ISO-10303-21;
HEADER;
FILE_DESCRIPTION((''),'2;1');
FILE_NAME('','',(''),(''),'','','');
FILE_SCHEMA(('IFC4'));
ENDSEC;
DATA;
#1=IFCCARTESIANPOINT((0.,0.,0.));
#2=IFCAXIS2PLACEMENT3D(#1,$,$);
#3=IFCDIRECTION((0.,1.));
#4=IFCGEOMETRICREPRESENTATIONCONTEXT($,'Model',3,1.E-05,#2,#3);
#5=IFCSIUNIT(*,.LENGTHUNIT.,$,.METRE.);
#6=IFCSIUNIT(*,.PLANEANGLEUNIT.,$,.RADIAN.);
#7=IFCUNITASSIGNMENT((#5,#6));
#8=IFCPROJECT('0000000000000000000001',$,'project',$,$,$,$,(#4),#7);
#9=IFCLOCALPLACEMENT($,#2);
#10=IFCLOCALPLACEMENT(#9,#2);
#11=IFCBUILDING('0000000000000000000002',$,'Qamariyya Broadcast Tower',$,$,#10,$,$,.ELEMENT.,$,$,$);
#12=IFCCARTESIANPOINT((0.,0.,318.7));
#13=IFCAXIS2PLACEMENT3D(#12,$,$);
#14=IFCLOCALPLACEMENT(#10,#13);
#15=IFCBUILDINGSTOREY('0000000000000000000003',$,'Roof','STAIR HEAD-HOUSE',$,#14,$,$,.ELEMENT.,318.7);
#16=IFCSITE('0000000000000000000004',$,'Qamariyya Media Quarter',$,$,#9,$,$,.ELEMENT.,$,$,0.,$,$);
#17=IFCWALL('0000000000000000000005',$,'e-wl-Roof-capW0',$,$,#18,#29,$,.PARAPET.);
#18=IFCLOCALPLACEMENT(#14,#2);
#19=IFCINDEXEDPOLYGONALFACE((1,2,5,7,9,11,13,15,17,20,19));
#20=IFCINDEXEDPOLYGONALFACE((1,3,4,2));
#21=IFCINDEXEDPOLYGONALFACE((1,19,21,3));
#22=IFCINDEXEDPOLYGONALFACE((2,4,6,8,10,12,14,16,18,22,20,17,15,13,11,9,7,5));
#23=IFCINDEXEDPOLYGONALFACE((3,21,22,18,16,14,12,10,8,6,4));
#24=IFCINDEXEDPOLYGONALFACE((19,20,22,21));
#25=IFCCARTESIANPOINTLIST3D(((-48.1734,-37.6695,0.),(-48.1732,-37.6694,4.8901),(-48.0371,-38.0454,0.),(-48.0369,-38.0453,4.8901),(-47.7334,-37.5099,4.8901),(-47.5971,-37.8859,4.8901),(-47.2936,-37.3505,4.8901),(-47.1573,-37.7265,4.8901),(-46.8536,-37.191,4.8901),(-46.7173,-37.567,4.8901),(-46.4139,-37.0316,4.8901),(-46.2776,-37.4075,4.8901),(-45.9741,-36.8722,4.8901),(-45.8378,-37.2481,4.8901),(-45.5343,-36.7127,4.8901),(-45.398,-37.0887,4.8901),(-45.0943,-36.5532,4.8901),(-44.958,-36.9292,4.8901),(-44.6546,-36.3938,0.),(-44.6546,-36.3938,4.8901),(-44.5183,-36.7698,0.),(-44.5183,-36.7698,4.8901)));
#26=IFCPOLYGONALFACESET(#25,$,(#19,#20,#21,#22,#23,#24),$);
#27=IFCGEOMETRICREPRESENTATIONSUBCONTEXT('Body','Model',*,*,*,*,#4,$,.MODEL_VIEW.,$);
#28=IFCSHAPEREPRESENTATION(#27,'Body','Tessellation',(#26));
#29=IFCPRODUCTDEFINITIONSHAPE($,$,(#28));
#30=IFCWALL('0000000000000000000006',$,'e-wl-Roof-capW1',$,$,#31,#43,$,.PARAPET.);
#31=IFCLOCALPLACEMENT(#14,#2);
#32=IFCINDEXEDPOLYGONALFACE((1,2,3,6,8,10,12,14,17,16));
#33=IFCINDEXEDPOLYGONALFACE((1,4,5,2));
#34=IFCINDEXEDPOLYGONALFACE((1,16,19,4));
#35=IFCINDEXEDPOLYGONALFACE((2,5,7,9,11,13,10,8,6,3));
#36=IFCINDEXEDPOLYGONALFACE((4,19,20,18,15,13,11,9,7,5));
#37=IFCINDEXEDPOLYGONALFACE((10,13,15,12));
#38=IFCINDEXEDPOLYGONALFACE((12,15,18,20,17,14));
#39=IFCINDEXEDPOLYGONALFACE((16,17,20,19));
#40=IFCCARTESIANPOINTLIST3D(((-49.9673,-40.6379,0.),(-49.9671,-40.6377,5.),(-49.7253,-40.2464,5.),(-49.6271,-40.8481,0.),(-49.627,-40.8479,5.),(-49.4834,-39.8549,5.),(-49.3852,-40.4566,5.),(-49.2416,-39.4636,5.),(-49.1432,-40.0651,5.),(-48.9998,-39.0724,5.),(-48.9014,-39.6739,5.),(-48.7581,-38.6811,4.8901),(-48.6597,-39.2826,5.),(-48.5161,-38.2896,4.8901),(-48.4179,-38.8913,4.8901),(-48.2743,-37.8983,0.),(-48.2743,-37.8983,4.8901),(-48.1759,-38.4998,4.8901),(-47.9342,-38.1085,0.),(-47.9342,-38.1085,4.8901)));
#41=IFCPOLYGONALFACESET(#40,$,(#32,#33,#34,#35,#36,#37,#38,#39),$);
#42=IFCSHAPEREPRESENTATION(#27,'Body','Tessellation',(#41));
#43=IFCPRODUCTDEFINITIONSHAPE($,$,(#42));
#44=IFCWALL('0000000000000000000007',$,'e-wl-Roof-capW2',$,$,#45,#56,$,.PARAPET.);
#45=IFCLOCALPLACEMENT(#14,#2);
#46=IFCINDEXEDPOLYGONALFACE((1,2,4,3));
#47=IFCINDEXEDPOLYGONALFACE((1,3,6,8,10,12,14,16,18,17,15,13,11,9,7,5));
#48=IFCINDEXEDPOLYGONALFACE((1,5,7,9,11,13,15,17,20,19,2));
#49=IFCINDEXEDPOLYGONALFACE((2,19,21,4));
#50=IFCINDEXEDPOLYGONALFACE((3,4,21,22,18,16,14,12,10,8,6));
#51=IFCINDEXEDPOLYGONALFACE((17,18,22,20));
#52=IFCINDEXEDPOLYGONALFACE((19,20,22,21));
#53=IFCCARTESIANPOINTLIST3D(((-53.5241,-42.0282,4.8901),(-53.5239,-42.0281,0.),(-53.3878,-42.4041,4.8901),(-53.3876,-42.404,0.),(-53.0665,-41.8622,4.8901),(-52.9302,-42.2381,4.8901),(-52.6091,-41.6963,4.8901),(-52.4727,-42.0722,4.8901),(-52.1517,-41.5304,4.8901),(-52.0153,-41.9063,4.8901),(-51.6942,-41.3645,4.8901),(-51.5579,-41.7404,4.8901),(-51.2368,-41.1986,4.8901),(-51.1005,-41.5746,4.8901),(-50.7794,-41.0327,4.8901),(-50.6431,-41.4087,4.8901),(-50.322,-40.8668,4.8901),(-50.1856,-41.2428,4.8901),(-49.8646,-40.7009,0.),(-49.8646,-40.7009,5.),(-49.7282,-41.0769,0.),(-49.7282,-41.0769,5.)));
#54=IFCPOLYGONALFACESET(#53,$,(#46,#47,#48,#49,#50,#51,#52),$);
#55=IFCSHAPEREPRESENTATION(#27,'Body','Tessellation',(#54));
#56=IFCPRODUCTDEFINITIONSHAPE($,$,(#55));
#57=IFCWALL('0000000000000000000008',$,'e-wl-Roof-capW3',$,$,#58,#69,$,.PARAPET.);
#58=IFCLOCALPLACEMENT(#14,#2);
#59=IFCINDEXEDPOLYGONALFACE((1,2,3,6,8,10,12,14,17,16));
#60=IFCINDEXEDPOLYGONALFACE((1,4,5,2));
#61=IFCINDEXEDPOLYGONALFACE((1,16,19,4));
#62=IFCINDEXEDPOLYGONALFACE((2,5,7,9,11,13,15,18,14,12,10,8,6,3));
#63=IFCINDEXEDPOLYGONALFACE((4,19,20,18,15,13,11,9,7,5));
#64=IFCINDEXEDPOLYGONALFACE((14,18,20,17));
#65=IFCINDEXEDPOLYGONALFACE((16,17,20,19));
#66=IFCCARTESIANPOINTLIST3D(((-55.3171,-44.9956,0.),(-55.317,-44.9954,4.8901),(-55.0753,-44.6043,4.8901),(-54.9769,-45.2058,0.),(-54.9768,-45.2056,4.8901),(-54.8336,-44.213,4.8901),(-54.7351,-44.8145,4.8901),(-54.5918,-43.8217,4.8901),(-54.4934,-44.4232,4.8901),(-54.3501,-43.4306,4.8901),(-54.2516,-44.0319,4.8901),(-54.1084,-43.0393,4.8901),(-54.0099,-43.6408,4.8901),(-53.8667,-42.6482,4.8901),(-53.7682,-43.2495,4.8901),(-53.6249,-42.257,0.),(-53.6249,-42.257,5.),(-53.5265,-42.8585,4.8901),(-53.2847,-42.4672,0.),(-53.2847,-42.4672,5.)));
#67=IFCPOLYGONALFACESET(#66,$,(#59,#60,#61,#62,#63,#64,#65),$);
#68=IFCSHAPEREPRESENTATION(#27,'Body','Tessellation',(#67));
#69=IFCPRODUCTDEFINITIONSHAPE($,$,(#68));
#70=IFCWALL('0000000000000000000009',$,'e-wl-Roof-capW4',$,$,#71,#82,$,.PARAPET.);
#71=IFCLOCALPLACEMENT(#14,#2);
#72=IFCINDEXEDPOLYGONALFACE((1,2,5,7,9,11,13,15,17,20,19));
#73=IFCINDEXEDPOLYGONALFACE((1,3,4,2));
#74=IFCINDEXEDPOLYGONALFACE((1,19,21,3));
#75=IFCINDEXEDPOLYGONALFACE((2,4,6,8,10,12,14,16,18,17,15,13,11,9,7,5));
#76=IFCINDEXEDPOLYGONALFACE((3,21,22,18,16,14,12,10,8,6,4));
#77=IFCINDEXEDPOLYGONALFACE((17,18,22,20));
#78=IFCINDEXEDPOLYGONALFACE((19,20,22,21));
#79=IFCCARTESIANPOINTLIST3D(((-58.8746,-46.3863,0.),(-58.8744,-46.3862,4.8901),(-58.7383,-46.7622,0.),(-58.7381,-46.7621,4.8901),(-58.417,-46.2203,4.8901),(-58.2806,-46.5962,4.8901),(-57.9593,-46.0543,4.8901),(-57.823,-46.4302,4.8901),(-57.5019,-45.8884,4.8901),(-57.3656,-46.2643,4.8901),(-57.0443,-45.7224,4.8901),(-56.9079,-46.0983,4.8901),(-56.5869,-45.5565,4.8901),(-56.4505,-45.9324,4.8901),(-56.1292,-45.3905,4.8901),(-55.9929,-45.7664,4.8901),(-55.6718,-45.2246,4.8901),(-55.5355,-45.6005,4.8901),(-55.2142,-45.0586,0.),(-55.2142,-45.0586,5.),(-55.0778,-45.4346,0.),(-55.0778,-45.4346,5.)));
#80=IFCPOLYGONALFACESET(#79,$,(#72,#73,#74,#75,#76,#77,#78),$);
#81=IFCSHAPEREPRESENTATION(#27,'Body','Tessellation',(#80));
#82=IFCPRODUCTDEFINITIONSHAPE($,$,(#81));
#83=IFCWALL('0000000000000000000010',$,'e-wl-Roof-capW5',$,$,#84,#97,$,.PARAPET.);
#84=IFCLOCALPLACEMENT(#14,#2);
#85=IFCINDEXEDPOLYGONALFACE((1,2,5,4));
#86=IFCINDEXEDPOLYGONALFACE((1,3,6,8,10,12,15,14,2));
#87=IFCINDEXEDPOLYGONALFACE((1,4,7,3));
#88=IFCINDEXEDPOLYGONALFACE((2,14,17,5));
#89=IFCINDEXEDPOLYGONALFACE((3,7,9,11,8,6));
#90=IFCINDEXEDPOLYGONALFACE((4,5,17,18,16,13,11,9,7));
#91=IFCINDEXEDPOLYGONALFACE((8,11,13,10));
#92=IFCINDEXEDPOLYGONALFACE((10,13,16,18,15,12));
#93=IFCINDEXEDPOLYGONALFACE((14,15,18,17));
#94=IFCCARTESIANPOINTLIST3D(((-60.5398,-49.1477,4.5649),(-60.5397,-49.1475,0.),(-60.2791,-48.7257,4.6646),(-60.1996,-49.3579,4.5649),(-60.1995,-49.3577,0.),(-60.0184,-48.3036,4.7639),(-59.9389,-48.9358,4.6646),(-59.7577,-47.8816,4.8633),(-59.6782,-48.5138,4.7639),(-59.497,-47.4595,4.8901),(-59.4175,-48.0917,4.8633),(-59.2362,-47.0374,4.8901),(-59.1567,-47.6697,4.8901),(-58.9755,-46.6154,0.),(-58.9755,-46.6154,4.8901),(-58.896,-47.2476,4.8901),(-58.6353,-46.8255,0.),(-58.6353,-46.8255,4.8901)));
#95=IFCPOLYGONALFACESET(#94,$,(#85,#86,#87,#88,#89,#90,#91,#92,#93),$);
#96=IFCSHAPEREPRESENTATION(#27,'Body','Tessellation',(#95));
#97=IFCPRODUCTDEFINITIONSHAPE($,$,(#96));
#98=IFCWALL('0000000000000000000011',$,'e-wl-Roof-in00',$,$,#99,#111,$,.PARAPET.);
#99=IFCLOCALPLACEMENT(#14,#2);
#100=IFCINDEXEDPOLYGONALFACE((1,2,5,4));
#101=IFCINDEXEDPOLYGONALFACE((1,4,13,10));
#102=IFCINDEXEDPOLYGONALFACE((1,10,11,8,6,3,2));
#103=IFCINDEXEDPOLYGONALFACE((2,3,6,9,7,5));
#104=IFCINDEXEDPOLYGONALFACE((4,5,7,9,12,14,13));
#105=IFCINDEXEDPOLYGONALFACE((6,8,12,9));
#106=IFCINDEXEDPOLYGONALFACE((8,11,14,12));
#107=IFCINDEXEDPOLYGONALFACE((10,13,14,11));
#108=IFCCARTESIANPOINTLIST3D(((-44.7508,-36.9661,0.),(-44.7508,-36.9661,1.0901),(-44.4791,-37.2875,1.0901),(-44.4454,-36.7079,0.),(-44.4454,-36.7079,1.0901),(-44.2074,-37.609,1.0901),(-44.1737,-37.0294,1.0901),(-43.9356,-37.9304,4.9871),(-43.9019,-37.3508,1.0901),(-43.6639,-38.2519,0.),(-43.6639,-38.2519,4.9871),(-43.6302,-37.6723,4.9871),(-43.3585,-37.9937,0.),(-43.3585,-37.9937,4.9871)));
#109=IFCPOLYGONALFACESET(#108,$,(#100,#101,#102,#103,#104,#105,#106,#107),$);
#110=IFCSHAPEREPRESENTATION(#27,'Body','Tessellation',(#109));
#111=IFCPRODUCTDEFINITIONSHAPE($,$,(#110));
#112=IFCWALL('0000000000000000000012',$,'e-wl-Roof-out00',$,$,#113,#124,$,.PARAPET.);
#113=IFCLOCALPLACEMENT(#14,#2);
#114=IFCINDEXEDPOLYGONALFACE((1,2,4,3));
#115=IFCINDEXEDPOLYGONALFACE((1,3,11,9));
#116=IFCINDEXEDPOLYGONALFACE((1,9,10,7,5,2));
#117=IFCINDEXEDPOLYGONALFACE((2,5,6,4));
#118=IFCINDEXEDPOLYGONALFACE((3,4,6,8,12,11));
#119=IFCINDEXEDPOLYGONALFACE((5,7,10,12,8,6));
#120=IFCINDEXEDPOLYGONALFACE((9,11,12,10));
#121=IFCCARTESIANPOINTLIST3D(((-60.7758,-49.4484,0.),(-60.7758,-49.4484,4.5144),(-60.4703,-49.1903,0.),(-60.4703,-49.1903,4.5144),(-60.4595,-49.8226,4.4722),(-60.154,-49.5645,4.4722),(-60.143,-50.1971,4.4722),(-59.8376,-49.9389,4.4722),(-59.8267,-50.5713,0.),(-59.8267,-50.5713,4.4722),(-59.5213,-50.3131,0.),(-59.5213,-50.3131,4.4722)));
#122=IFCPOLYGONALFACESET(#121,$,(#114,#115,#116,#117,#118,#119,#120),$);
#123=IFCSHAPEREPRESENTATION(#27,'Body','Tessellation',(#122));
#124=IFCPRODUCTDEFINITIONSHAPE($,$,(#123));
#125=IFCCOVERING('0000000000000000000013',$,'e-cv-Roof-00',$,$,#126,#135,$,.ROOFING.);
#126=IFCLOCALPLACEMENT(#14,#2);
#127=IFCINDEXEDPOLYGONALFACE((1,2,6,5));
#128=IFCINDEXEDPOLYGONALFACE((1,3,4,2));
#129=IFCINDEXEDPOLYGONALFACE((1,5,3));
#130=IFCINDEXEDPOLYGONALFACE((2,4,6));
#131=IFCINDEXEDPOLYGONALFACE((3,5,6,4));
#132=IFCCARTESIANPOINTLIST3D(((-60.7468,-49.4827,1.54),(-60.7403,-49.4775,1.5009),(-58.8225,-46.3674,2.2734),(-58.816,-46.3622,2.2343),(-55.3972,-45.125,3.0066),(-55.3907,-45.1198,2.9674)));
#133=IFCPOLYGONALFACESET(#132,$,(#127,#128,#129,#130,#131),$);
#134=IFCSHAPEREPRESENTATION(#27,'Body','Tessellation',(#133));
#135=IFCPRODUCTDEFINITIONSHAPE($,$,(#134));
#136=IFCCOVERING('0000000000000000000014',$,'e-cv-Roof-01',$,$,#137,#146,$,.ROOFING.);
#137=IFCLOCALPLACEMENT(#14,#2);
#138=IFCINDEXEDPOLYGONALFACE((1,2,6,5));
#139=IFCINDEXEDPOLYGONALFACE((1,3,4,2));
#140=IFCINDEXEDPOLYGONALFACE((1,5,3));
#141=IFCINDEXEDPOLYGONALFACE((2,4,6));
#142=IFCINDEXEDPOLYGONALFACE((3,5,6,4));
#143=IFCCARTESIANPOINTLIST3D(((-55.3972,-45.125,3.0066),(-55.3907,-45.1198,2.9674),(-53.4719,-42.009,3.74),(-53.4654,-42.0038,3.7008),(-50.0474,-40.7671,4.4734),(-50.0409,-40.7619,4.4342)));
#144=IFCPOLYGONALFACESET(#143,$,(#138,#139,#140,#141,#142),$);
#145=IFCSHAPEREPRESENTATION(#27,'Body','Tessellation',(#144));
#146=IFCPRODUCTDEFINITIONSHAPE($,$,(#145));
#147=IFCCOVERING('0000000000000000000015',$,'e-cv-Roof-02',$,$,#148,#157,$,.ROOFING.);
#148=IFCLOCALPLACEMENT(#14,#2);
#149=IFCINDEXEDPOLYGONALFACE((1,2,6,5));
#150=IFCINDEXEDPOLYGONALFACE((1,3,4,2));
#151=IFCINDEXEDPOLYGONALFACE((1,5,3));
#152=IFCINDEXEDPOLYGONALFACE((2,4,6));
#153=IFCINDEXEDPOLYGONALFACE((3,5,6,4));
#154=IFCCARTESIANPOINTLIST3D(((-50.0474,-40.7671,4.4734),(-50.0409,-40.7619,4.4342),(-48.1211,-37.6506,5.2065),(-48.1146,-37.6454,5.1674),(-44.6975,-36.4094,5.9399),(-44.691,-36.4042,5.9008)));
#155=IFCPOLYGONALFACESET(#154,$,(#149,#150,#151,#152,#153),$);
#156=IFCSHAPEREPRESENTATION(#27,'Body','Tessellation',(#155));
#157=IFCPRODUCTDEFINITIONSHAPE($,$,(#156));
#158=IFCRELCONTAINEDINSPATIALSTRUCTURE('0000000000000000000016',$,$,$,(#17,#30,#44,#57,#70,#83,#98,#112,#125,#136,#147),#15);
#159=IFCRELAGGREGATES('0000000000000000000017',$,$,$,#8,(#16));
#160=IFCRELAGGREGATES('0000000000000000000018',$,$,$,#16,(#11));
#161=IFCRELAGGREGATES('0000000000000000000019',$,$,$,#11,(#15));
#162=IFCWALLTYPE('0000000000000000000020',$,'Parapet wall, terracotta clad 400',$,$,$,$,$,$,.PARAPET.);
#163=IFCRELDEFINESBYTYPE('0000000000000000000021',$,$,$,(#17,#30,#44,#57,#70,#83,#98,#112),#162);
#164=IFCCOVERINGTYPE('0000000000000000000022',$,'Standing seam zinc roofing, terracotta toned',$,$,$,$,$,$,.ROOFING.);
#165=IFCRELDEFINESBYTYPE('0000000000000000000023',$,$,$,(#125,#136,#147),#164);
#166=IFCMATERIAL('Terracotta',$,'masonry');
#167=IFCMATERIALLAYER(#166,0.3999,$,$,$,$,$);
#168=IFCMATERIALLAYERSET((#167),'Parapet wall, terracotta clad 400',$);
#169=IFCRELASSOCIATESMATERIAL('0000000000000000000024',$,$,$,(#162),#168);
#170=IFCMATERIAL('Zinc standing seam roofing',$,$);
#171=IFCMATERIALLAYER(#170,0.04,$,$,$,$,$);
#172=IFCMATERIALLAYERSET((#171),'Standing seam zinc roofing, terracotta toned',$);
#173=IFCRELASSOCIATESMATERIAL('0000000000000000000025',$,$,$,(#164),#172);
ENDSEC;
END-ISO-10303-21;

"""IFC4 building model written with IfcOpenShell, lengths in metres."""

from ifc_helpers import new_model, si_unit, direction, frame, origin, place, context, subcontext, project, spatial, polyline, outline, extrude, material, layer, layer_set, type_object, element, save


model = new_model("IFC4")

# Units and contexts
model_context = context("Model", 3, precision=1e-05, world=origin(), true_north=direction((0.0, 1.0)))
body_context = subcontext(model_context, "Body", "Model", "MODEL_VIEW")
ifc_project = project(units=[si_unit("LENGTHUNIT", "METRE"), si_unit("PLANEANGLEUNIT", "RADIAN")], contexts=[model_context])

# Site, building, storey
site_placement = place(None, origin())
site = spatial("IfcSite", under=ifc_project, at=site_placement, Name="Qamariyya Media Quarter", CompositionType="ELEMENT", RefElevation=0.0)
building_placement = place(site_placement, origin())
building = spatial("IfcBuilding", under=site, at=building_placement, Name="Qamariyya Broadcast Tower", CompositionType="ELEMENT")
storey_placement = place(building_placement, frame((0.0, 0.0, 318.7)))
storey = spatial("IfcBuildingStorey", under=building, at=storey_placement, Name="Roof", Description="STAIR HEAD-HOUSE", CompositionType="ELEMENT", Elevation=318.7)

# Walls
ifc_material_1 = material(Name="Terracotta", Category="masonry")
ifc_layer_1 = layer(ifc_material_1, 0.3999)
ifc_layer_set_1 = layer_set([ifc_layer_1], Name="Parapet wall, terracotta clad 400")
wall_type_1 = type_object("IfcWallType", Name="Parapet wall, terracotta clad 400", PredefinedType="PARAPET", material=ifc_layer_set_1)
wall_1_placement = place(storey_placement, frame((-44.5864, -36.5818, 0.0), z_axis=(0.0, 0.0, 1.0), x_axis=(-0.94013, -0.340816, 0.0)))
element("IfcWall", 1, at=wall_1_placement, inside=storey, type_object=wall_type_1, Name="e-wl-Roof-capW0", PredefinedType="PARAPET", context=body_context, shape_type="SweptSolid", body=[
    extrude(outline(polyline([(0.0, 0.0), (3.7429, 0.0), (3.7427, 4.8901), (3.2749, 4.8901), (2.8071, 4.8901), (2.3391, 4.8901), (1.8713, 4.8901), (1.4036, 4.8901), (0.9358, 4.8901), (0.4678, 4.8901), (0.0, 4.8901), (0.0, 0.0)])), frame((0.0, 0.2, 0.0), z_axis=(0.0, -1.0, 0.0), x_axis=(1.0, 0.0, 0.0)), (0.0, 0.0, 1.0), 0.3999),
])
wall_2_placement = place(storey_placement, frame((-48.1042, -38.0034, 0.0), z_axis=(0.0, 0.0, 1.0), x_axis=(-0.525678, -0.850683, 0.0)))
element("IfcWall", 2, at=wall_2_placement, inside=storey, type_object=wall_type_1, Name="e-wl-Roof-capW1", PredefinedType="PARAPET", context=body_context, shape_type="SweptSolid", body=[
    extrude(outline(polyline([(0.0, 0.0), (3.2205, 0.0), (3.2202, 5.0), (2.7603, 5.0), (2.3, 5.0), (1.8401, 5.0), (1.3801, 5.0), (0.9202, 4.8901), (0.46, 4.8901), (0.0, 4.8901), (0.0, 0.0)])), frame((0.0, 0.2, 0.0), z_axis=(0.0, -1.0, 0.0), x_axis=(1.0, 0.0, 0.0)), (0.0, 0.0, 1.0), 0.3999),
])
wall_3_placement = place(storey_placement, frame((-49.7964, -40.8889, 0.0), z_axis=(0.0, 0.0, 1.0), x_axis=(-0.940086, -0.340937, 0.0)))
element("IfcWall", 3, at=wall_3_placement, inside=storey, type_object=wall_type_1, Name="e-wl-Roof-capW2", PredefinedType="PARAPET", context=body_context, shape_type="SweptSolid", body=[
    extrude(outline(polyline([(0.0, 0.0), (3.8926, 0.0), (3.8928, 4.8901), (3.406, 4.8901), (2.9194, 4.8901), (2.4329, 4.8901), (1.9463, 4.8901), (1.4597, 4.8901), (0.9731, 4.8901), (0.4866, 4.8901), (0.0, 5.0), (0.0, 0.0)])), frame((0.0, 0.2, 0.0), z_axis=(0.0, -1.0, 0.0), x_axis=(1.0, 0.0, 0.0)), (0.0, 0.0, 1.0), 0.3999),
])
wall_4_placement = place(storey_placement, frame((-53.4548, -42.3621, 0.0), z_axis=(0.0, 0.0, 1.0), x_axis=(-0.525649, -0.850701, 0.0)))
element("IfcWall", 4, at=wall_4_placement, inside=storey, type_object=wall_type_1, Name="e-wl-Roof-capW3", PredefinedType="PARAPET", context=body_context, shape_type="SweptSolid", body=[
    extrude(outline(polyline([(0.0, 0.0), (3.2192, 0.0), (3.219, 4.8901), (2.7593, 4.8901), (2.2993, 4.8901), (1.8394, 4.8901), (1.3796, 4.8901), (0.9197, 4.8901), (0.46, 4.8901), (0.0, 5.0), (0.0, 0.0)])), frame((0.0, 0.2, 0.0), z_axis=(0.0, -1.0, 0.0), x_axis=(1.0, 0.0, 0.0)), (0.0, 0.0, 1.0), 0.3999),
])
wall_5_placement = place(storey_placement, frame((-55.146, -45.2466, 0.0), z_axis=(0.0, 0.0, 1.0), x_axis=(-0.940075, -0.340968, 0.0)))
element("IfcWall", 5, at=wall_5_placement, inside=storey, type_object=wall_type_1, Name="e-wl-Roof-capW4", PredefinedType="PARAPET", context=body_context, shape_type="SweptSolid", body=[
    extrude(outline(polyline([(0.0, 0.0), (3.8938, 0.0), (3.8936, 4.8901), (3.407, 4.8901), (2.9202, 4.8901), (2.4336, 4.8901), (1.9468, 4.8901), (1.4602, 4.8901), (0.9734, 4.8901), (0.4868, 4.8901), (0.0, 5.0), (0.0, 0.0)])), frame((0.0, 0.2, 0.0), z_axis=(0.0, -1.0, 0.0), x_axis=(1.0, 0.0, 0.0)), (0.0, 0.0, 1.0), 0.3999),
])
wall_6_placement = place(storey_placement, frame((-58.8054, -46.7205, 0.0), z_axis=(0.0, 0.0, 1.0), x_axis=(-0.525538, -0.85077, 0.0)))
element("IfcWall", 6, at=wall_6_placement, inside=storey, type_object=wall_type_1, Name="e-wl-Roof-capW5", PredefinedType="PARAPET", context=body_context, shape_type="SweptSolid", body=[
    extrude(outline(polyline([(0.0, 0.0), (2.9763, 0.0), (2.9766, 4.5649), (2.4805, 4.6646), (1.9844, 4.7639), (1.4883, 4.8633), (0.9922, 4.8901), (0.4961, 4.8901), (0.0, 4.8901), (0.0, 0.0)])), frame((0.0, 0.2, 0.0), z_axis=(0.0, -1.0, 0.0), x_axis=(1.0, 0.0, 0.0)), (0.0, 0.0, 1.0), 0.3999),
])
wall_7_placement = place(storey_placement, frame((-43.5112, -38.1228, 0.0), z_axis=(0.0, 0.0, 1.0), x_axis=(-0.645546, 0.763722, 0.0)))
element("IfcWall", 7, at=wall_7_placement, inside=storey, type_object=wall_type_1, Name="e-wl-Roof-in00", PredefinedType="PARAPET", context=body_context, shape_type="SweptSolid", body=[
    extrude(outline(polyline([(0.0, 0.0), (1.6836, 0.0), (1.6836, 1.0901), (1.2627, 1.0901), (0.8418, 1.0901), (0.4209, 4.9871), (0.0, 4.9871), (0.0, 0.0)])), frame((0.0, 0.2, 0.0), z_axis=(0.0, -1.0, 0.0), x_axis=(1.0, 0.0, 0.0)), (0.0, 0.0, 1.0), 0.3999),
])
wall_8_placement = place(storey_placement, frame((-60.623, -49.3193, 0.0), z_axis=(0.0, 0.0, 1.0), x_axis=(0.64551, -0.763752, 0.0)))
element("IfcWall", 8, at=wall_8_placement, inside=storey, type_object=wall_type_1, Name="e-wl-Roof-out00", PredefinedType="PARAPET", context=body_context, shape_type="SweptSolid", body=[
    extrude(outline(polyline([(0.0, 0.0), (1.4702, 0.0), (1.4702, 4.4722), (0.9802, 4.4722), (0.49, 4.4722), (0.0, 4.5144), (0.0, 0.0)])), frame((0.0, 0.2, 0.0), z_axis=(0.0, -1.0, 0.0), x_axis=(1.0, 0.0, 0.0)), (0.0, 0.0, 1.0), 0.3999),
])

# Coverings
ifc_material_2 = material(Name="Zinc standing seam roofing")
ifc_layer_2 = layer(ifc_material_2, 0.04)
ifc_layer_set_2 = layer_set([ifc_layer_2], Name="Standing seam zinc roofing, terracotta toned")
covering_type = type_object("IfcCoveringType", Name="Standing seam zinc roofing, terracotta toned", PredefinedType="ROOFING", material=ifc_layer_set_2)
covering_1_placement = place(storey_placement, frame((-58.8225, -46.3674, 2.2734), z_axis=(-0.162173, -0.130103, 0.978148), x_axis=(-0.515298, -0.834205, -0.196391)))
element("IfcCovering", 9, at=covering_1_placement, inside=storey, type_object=covering_type, Name="e-cv-Roof-00", PredefinedType="ROOFING", context=body_context, shape_type="SweptSolid", body=[
    extrude(outline(polyline([(0.0, 0.0), (3.7344, 0.0), (-2.9455, 2.2667), (0.0, 0.0)])), origin(), (0.0, 0.0, -1.0), 0.04),
])
covering_2_placement = place(storey_placement, frame((-53.4719, -42.009, 3.74), z_axis=(-0.162369, -0.129899, 0.978142), x_axis=(-0.515406, -0.834152, -0.196333)))
element("IfcCovering", 10, at=covering_2_placement, inside=storey, type_object=covering_type, Name="e-cv-Roof-01", PredefinedType="ROOFING", context=body_context, shape_type="SweptSolid", body=[
    extrude(outline(polyline([(0.0, 0.0), (3.7355, 0.0), (-2.945, 2.266), (0.0, 0.0)])), origin(), (0.0, 0.0, -1.0), 0.04),
])
covering_3_placement = place(storey_placement, frame((-48.1211, -37.6506, 5.2065), z_axis=(-0.162534, -0.12965, 0.978148), x_axis=(-0.515548, -0.83409, -0.196222)))
element("IfcCovering", 11, at=covering_3_placement, inside=storey, type_object=covering_type, Name="e-cv-Roof-02", PredefinedType="ROOFING", context=body_context, shape_type="SweptSolid", body=[
    extrude(outline(polyline([(0.0, 0.0), (3.7364, 0.0), (-2.9442, 2.2652), (0.0, 0.0)])), origin(), (0.0, 0.0, -1.0), 0.04),
])

save(model, "model.ifc")
